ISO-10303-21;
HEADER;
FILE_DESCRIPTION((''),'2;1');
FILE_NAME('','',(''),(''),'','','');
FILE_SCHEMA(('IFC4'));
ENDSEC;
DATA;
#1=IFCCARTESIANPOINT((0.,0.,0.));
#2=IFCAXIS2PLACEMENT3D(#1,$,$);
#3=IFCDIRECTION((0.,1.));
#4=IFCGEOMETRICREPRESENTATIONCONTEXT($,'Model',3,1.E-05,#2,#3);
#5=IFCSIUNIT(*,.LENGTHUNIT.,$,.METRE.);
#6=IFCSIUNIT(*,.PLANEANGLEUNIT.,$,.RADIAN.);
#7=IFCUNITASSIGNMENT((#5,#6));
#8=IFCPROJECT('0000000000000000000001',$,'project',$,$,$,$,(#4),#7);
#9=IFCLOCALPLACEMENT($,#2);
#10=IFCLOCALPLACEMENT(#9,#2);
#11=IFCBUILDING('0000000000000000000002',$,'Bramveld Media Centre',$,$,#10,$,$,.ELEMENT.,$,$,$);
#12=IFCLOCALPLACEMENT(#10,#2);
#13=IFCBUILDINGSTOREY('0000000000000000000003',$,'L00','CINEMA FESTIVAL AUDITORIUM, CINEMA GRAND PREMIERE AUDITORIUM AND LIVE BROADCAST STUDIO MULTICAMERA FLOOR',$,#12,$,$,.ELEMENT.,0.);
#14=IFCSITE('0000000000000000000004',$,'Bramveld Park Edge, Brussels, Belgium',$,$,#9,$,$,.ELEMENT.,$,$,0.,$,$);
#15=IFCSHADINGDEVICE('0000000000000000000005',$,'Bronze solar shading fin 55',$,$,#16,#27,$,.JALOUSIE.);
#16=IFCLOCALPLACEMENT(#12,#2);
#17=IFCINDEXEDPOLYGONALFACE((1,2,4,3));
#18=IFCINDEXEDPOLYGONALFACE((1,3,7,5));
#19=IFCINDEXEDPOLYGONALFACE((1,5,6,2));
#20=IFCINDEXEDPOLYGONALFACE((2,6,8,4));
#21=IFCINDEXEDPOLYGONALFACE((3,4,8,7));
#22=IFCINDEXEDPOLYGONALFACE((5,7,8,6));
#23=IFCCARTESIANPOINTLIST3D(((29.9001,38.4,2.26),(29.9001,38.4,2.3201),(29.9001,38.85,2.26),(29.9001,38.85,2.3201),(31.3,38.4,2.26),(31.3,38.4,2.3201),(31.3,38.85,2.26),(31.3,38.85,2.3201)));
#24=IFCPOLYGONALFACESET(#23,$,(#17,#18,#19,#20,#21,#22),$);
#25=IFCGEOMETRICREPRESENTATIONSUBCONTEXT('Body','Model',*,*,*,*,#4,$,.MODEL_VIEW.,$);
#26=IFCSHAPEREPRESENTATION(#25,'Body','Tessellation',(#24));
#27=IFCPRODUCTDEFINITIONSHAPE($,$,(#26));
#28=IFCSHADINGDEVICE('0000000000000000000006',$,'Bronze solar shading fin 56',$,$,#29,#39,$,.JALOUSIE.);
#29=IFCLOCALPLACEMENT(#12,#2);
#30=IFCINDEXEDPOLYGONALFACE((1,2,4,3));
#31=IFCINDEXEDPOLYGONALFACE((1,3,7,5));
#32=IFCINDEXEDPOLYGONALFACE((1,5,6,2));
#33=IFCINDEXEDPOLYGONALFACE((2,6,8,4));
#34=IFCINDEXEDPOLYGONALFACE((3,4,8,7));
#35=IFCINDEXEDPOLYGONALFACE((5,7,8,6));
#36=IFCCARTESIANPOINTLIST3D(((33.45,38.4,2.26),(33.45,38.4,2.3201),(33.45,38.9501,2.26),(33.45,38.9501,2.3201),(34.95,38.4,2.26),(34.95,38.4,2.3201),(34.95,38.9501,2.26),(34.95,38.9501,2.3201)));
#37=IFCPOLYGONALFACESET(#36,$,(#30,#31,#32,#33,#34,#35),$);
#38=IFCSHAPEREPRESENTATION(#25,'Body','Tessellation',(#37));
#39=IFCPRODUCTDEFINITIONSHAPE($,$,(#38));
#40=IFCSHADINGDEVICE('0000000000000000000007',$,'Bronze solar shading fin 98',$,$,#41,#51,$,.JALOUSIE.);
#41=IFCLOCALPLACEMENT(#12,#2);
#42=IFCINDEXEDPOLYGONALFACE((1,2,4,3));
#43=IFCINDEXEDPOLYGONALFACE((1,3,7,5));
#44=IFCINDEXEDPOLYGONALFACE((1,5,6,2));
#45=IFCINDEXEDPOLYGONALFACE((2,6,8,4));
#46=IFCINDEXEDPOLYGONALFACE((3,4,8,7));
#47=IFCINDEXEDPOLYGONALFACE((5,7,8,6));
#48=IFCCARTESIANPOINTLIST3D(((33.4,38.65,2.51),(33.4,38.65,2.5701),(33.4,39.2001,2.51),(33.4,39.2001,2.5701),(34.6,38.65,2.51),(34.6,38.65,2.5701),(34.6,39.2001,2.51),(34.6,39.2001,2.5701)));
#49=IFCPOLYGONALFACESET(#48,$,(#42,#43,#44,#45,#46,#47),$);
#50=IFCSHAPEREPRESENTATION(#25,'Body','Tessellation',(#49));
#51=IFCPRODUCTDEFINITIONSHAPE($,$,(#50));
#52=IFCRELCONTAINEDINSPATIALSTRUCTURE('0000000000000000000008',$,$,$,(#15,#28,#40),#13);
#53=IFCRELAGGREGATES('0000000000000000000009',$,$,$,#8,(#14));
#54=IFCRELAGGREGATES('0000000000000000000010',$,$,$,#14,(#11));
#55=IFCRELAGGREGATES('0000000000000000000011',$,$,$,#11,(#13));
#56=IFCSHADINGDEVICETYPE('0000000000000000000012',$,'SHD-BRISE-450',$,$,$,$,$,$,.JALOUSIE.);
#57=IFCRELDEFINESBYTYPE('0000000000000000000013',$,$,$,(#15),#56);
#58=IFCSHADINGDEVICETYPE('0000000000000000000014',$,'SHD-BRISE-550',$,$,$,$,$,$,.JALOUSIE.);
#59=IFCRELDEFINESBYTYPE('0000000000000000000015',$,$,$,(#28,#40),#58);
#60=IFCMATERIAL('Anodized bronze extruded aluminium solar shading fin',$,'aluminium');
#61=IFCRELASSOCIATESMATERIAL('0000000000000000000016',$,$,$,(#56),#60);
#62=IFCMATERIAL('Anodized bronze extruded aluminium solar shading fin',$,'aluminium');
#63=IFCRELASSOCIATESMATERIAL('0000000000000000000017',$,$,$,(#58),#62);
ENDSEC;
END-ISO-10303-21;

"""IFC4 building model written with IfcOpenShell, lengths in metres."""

from ifc_helpers import new_model, si_unit, direction, frame, origin, origin_2d, place, context, subcontext, project, spatial, rectangle, extrude, material, type_object, element, save


model = new_model("IFC4")

# Units and contexts
model_context = context("Model", 3, precision=1e-05, world=origin(), true_north=direction((0.0, 1.0)))
body_context = subcontext(model_context, "Body", "Model", "MODEL_VIEW")
ifc_project = project(units=[si_unit("LENGTHUNIT", "METRE"), si_unit("PLANEANGLEUNIT", "RADIAN")], contexts=[model_context])

# Site, building, storey
site_placement = place(None, origin())
site = spatial("IfcSite", under=ifc_project, at=site_placement, Name="Bramveld Park Edge, Brussels, Belgium", CompositionType="ELEMENT", RefElevation=0.0)
building_placement = place(site_placement, origin())
building = spatial("IfcBuilding", under=site, at=building_placement, Name="Bramveld Media Centre", CompositionType="ELEMENT")
storey_placement = place(building_placement, origin())
storey = spatial("IfcBuildingStorey", under=building, at=storey_placement, Name="L00", Description="CINEMA FESTIVAL AUDITORIUM, CINEMA GRAND PREMIERE AUDITORIUM AND LIVE BROADCAST STUDIO MULTICAMERA FLOOR", CompositionType="ELEMENT", Elevation=0.0)

# Shading devices
ifc_material_1 = material(Name="Anodized bronze extruded aluminium solar shading fin", Category="aluminium")
shading_device_type_1 = type_object("IfcShadingDeviceType", Name="SHD-BRISE-450", PredefinedType="JALOUSIE", material=ifc_material_1)
shading_device_1_placement = place(storey_placement, frame((30.6001, 38.625, 2.26), z_axis=(0.0, 0.0, 1.0), x_axis=(1.0, 0.0, 0.0)))
element("IfcShadingDevice", 1, at=shading_device_1_placement, inside=storey, type_object=shading_device_type_1, Name="Bronze solar shading fin 55", PredefinedType="JALOUSIE", context=body_context, shape_type="SweptSolid", body=[
    extrude(rectangle(XDim=1.3999, YDim=0.45, at=origin_2d()), origin(), (0.0, 0.0, 1.0), 0.0601),
])
ifc_material_2 = material(Name="Anodized bronze extruded aluminium solar shading fin", Category="aluminium")
shading_device_type_2 = type_object("IfcShadingDeviceType", Name="SHD-BRISE-550", PredefinedType="JALOUSIE", material=ifc_material_2)
shading_device_2_placement = place(storey_placement, frame((34.2, 38.675, 2.26), z_axis=(0.0, 0.0, 1.0), x_axis=(1.0, 0.0, 0.0)))
element("IfcShadingDevice", 2, at=shading_device_2_placement, inside=storey, type_object=shading_device_type_2, Name="Bronze solar shading fin 56", PredefinedType="JALOUSIE", context=body_context, shape_type="SweptSolid", body=[
    extrude(rectangle(XDim=1.5, YDim=0.55, at=origin_2d()), origin(), (0.0, 0.0, 1.0), 0.0601),
])
shading_device_3_placement = place(storey_placement, frame((34.0, 38.925, 2.51), z_axis=(0.0, 0.0, 1.0), x_axis=(1.0, 0.0, 0.0)))
element("IfcShadingDevice", 3, at=shading_device_3_placement, inside=storey, type_object=shading_device_type_2, Name="Bronze solar shading fin 98", PredefinedType="JALOUSIE", context=body_context, shape_type="SweptSolid", body=[
    extrude(rectangle(XDim=1.2, YDim=0.55, at=origin_2d()), origin(), (0.0, 0.0, 1.0), 0.0601),
])

save(model, "model.ifc")
